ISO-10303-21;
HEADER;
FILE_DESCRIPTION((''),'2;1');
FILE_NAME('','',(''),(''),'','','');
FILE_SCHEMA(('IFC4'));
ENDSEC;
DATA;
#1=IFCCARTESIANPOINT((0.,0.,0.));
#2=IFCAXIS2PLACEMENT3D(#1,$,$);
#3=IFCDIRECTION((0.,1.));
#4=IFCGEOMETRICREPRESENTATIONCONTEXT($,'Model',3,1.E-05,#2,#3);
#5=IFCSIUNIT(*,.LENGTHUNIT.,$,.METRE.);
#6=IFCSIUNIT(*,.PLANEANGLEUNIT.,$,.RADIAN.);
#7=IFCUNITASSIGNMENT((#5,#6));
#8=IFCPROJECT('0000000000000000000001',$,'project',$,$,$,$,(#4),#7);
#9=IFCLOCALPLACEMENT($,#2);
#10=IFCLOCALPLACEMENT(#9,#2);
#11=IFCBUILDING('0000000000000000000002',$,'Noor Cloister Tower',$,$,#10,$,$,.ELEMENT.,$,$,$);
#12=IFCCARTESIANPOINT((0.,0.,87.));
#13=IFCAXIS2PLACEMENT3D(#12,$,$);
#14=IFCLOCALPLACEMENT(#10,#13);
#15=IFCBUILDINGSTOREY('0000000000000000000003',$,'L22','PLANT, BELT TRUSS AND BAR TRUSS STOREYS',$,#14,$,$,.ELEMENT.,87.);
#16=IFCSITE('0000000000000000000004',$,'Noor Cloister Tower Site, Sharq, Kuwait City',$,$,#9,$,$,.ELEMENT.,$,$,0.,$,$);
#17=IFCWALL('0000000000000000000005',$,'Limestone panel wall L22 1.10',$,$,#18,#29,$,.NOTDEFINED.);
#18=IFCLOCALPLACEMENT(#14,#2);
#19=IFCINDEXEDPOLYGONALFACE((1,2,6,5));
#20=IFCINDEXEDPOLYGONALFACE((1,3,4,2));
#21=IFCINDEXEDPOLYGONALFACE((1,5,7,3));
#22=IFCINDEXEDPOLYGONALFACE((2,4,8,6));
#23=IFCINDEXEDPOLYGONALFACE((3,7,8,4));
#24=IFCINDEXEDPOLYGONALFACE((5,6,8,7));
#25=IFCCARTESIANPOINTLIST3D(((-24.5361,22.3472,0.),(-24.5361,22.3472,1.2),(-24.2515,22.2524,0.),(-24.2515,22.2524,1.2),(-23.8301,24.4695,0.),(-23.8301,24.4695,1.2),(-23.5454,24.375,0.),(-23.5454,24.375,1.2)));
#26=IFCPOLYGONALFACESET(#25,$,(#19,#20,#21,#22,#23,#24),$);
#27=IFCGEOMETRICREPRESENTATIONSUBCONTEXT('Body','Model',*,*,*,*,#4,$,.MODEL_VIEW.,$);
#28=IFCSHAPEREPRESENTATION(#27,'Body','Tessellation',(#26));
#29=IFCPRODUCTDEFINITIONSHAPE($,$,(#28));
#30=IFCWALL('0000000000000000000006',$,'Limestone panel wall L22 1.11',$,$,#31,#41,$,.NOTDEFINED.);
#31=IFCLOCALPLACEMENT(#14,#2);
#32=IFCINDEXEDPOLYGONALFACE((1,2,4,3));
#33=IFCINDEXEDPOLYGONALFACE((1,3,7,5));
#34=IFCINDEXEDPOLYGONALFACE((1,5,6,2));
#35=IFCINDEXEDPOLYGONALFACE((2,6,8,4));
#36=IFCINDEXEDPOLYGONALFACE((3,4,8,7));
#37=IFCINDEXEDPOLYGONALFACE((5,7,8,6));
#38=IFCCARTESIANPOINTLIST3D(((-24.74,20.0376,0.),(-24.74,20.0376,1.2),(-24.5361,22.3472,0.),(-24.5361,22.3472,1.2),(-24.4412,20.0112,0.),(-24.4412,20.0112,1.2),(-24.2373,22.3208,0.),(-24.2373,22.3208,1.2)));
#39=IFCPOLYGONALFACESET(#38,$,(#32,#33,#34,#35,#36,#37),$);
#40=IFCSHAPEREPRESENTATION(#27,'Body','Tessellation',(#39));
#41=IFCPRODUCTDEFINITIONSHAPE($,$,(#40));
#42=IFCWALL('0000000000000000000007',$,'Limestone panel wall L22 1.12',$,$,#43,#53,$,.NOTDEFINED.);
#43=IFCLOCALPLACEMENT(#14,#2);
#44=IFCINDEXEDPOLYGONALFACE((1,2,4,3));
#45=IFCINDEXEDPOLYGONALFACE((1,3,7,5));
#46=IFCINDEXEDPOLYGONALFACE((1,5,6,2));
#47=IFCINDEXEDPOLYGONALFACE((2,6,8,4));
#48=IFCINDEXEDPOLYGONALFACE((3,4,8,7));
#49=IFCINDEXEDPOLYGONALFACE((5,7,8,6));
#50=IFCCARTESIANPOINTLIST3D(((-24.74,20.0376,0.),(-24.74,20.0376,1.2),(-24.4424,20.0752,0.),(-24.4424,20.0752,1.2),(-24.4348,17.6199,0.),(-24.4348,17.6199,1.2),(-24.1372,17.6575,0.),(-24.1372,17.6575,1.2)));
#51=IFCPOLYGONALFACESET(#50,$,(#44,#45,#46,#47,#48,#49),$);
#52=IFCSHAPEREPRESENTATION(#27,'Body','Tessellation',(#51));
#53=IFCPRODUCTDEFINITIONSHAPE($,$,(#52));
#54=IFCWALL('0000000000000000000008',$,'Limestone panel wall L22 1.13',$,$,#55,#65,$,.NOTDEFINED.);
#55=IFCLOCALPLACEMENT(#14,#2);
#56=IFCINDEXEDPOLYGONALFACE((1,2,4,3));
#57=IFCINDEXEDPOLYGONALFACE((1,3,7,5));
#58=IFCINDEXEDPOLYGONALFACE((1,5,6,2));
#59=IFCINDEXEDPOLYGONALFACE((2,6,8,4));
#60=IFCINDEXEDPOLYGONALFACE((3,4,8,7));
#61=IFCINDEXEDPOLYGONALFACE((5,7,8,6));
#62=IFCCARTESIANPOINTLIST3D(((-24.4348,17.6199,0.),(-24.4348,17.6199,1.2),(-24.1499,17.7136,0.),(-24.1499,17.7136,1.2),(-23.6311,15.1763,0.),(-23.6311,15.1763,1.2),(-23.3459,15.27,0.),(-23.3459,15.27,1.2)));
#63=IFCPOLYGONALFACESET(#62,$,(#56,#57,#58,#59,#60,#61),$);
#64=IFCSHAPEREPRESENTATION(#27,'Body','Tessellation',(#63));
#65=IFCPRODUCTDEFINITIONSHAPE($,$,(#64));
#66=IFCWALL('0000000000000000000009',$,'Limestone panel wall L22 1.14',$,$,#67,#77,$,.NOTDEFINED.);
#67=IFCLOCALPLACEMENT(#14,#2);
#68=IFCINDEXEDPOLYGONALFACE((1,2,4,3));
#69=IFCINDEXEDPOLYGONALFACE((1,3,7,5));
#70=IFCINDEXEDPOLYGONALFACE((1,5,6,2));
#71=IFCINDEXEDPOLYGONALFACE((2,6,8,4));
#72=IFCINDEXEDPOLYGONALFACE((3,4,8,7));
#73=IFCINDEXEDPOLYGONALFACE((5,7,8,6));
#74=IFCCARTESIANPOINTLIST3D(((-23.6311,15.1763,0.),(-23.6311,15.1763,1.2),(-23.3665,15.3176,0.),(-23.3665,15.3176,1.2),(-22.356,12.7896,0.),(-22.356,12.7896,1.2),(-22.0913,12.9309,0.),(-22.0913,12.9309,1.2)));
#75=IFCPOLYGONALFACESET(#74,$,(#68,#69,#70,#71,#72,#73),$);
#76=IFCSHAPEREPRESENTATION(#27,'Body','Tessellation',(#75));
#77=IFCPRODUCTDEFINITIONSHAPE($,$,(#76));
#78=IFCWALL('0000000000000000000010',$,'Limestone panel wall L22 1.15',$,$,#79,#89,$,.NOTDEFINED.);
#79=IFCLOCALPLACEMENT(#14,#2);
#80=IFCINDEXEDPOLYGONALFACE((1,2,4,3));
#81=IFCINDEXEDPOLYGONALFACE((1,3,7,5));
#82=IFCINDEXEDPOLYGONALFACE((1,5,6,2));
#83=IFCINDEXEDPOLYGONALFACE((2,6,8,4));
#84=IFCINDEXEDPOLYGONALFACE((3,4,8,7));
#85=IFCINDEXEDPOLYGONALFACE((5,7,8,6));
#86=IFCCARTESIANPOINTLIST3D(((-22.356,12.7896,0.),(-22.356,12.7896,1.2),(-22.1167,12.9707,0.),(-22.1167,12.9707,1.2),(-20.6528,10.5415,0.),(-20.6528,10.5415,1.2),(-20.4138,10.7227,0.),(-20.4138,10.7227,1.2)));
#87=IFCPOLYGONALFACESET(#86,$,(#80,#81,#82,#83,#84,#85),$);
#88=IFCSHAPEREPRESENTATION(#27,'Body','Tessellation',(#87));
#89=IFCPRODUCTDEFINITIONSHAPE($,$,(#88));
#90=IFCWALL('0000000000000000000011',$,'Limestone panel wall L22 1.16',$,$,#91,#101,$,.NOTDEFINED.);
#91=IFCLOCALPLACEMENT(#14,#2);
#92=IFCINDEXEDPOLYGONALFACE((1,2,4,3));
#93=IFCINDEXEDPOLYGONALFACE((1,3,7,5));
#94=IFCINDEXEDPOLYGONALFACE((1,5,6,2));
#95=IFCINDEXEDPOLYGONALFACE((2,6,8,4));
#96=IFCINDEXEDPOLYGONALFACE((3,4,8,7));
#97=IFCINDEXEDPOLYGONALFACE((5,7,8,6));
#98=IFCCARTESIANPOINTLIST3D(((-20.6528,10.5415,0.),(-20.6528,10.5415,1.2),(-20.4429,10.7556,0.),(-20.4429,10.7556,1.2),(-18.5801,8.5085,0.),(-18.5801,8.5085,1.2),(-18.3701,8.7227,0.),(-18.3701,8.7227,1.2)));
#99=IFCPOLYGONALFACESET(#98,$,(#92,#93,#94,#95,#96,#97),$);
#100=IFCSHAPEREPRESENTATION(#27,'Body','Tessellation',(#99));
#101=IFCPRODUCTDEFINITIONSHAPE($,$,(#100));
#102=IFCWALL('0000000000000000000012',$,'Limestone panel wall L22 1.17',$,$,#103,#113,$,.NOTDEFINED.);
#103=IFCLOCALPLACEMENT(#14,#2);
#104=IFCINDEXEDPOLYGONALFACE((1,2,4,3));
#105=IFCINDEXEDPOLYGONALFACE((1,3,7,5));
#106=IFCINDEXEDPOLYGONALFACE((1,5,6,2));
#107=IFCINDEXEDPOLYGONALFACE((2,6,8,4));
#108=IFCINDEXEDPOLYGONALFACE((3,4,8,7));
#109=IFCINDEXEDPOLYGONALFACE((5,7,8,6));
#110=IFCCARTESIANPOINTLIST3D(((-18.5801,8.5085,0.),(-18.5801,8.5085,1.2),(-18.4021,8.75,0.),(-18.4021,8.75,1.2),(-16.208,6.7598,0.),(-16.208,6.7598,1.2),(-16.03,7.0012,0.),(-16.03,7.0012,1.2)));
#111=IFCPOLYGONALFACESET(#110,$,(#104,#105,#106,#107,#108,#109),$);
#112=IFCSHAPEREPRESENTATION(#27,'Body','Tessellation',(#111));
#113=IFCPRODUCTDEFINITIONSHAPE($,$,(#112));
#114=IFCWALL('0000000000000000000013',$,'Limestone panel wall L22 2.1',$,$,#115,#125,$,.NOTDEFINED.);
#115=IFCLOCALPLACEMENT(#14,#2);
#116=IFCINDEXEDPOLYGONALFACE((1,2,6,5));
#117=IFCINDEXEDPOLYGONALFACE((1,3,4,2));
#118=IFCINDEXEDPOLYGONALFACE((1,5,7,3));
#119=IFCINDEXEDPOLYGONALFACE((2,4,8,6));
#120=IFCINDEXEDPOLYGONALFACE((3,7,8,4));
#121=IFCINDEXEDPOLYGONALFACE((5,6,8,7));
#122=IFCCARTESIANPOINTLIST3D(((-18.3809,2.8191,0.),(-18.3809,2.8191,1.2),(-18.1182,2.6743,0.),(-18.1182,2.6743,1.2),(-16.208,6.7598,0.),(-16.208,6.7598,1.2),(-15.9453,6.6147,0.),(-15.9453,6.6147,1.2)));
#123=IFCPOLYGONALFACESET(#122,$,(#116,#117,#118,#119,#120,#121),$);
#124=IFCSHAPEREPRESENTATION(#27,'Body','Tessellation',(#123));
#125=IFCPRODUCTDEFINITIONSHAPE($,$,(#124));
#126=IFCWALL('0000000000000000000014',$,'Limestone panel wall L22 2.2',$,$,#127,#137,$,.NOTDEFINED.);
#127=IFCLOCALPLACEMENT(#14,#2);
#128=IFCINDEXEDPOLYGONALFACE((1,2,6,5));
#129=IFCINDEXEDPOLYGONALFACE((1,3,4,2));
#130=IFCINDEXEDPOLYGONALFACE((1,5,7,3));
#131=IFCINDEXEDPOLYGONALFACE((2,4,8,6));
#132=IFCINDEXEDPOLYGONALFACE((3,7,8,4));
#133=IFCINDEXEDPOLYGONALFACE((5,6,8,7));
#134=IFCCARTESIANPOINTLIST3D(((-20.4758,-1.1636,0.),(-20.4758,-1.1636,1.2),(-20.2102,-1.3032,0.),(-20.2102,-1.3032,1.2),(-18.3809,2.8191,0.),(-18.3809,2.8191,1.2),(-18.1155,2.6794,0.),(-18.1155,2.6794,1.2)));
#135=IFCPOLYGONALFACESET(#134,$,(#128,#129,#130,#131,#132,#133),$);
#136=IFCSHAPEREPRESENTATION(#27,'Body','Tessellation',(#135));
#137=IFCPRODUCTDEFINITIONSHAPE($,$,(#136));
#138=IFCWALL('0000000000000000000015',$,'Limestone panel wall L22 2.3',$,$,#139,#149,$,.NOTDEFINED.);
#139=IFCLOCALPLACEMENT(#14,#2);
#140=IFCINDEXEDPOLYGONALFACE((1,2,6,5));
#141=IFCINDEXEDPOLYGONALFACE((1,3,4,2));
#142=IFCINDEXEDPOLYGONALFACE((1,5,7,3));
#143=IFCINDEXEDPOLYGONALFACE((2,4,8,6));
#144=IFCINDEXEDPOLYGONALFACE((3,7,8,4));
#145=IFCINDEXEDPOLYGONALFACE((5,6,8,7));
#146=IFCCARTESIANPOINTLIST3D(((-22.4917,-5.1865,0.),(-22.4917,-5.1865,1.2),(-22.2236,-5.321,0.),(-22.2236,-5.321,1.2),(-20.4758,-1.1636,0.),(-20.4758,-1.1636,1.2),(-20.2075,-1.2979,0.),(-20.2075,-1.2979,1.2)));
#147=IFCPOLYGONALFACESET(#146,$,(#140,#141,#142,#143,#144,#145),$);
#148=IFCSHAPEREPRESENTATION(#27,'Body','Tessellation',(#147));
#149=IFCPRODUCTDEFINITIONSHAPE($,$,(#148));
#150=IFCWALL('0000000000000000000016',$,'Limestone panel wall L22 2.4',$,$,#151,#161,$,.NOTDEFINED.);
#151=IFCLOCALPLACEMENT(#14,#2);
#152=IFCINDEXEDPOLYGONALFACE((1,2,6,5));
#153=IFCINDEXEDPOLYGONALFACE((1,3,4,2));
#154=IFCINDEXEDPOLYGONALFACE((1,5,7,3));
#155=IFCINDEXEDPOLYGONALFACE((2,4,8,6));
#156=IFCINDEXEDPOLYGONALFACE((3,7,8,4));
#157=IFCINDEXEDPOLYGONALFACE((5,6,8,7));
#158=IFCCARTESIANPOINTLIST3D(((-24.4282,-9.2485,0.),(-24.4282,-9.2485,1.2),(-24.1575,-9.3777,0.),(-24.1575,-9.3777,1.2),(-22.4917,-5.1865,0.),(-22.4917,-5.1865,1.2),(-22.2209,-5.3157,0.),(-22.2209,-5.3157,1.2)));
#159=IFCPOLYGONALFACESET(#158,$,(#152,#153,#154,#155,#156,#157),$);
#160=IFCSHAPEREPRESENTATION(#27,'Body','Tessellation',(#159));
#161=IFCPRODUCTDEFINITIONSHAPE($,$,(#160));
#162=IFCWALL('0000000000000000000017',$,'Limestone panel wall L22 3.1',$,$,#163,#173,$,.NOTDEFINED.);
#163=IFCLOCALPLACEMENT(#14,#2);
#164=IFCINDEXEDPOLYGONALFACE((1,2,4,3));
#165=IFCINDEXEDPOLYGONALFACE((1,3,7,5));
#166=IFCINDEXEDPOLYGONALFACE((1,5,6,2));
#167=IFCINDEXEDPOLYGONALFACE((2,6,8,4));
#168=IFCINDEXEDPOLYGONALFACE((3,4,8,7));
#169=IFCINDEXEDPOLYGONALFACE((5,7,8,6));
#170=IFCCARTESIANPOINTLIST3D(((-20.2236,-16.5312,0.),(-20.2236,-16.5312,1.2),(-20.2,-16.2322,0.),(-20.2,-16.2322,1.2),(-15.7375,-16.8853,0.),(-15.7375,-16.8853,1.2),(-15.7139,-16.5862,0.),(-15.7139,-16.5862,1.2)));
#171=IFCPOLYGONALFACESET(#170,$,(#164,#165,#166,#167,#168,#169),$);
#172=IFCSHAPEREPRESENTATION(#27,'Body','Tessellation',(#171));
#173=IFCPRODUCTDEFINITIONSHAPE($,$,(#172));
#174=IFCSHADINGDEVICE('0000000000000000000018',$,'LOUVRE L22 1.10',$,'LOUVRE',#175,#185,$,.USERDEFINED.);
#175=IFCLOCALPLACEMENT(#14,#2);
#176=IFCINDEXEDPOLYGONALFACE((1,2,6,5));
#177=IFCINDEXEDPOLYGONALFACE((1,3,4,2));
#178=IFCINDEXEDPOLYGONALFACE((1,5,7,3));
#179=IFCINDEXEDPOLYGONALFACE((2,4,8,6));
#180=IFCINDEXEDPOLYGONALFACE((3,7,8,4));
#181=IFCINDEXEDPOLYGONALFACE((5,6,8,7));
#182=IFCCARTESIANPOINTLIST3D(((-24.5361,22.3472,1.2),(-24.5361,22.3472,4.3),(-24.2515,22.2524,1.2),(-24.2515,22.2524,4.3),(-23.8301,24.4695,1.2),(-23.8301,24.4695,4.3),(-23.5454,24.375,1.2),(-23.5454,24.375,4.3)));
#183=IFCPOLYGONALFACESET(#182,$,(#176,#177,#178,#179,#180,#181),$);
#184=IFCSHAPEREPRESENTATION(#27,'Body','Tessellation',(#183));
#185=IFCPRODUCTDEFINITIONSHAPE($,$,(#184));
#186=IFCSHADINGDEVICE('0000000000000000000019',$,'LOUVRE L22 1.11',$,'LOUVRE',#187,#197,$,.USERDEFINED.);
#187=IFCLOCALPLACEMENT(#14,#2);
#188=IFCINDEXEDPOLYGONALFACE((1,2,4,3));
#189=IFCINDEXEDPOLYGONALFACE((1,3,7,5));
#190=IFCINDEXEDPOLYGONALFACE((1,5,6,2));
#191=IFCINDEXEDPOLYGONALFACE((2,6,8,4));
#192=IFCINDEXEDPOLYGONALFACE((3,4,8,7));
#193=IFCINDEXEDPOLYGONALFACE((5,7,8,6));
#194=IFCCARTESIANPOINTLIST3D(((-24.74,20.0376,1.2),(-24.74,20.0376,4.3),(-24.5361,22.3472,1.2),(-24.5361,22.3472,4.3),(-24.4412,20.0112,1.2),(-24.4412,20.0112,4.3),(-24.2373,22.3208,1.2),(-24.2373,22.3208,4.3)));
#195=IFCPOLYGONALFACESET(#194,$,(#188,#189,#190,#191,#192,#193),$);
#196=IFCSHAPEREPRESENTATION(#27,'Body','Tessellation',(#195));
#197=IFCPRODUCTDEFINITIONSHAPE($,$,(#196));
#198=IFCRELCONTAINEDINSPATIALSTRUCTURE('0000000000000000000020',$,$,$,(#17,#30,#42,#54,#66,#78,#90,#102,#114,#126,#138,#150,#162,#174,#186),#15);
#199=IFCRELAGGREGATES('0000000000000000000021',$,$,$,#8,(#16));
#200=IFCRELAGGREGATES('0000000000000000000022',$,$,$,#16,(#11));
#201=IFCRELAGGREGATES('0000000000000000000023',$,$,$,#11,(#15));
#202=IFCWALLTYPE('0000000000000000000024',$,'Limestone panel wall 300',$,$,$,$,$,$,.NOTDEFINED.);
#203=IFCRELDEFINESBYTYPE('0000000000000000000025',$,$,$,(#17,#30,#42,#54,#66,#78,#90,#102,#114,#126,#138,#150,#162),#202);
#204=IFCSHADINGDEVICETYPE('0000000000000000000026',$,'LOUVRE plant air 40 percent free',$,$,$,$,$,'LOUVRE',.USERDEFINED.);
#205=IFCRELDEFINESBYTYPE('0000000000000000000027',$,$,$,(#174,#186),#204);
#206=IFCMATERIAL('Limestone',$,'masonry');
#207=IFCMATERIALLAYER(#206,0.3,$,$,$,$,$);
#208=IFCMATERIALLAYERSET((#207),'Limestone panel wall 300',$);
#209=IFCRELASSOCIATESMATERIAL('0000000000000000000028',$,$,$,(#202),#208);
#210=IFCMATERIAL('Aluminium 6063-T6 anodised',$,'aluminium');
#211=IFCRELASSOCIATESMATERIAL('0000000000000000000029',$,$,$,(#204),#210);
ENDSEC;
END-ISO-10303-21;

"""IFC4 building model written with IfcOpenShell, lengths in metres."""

from ifc_helpers import new_model, si_unit, direction, frame, origin, place, context, subcontext, project, spatial, polyline, outline, extrude, material, layer, layer_set, type_object, element, save


model = new_model("IFC4")

# Units and contexts
model_context = context("Model", 3, precision=1e-05, world=origin(), true_north=direction((0.0, 1.0)))
body_context = subcontext(model_context, "Body", "Model", "MODEL_VIEW")
ifc_project = project(units=[si_unit("LENGTHUNIT", "METRE"), si_unit("PLANEANGLEUNIT", "RADIAN")], contexts=[model_context])

# Site, building, storey
site_placement = place(None, origin())
site = spatial("IfcSite", under=ifc_project, at=site_placement, Name="Noor Cloister Tower Site, Sharq, Kuwait City", CompositionType="ELEMENT", RefElevation=0.0)
building_placement = place(site_placement, origin())
building = spatial("IfcBuilding", under=site, at=building_placement, Name="Noor Cloister Tower", CompositionType="ELEMENT")
storey_placement = place(building_placement, frame((0.0, 0.0, 87.0)))
storey = spatial("IfcBuildingStorey", under=building, at=storey_placement, Name="L22", Description="PLANT, BELT TRUSS AND BAR TRUSS STOREYS", CompositionType="ELEMENT", Elevation=87.0)

# Walls
ifc_material_1 = material(Name="Limestone", Category="masonry")
ifc_layer = layer(ifc_material_1, 0.3)
ifc_layer_set = layer_set([ifc_layer], Name="Limestone panel wall 300")
wall_type = type_object("IfcWallType", Name="Limestone panel wall 300", PredefinedType="NOTDEFINED", material=ifc_layer_set)
wall_1_placement = place(storey_placement, origin())
element("IfcWall", 1, at=wall_1_placement, inside=storey, type_object=wall_type, Name="Limestone panel wall L22 1.10", PredefinedType="NOTDEFINED", context=body_context, shape_type="SweptSolid", body=[
    extrude(outline(polyline([(-23.8301, 24.4695), (-24.5361, 22.3472), (-24.2515, 22.2524), (-23.5454, 24.375), (-23.8301, 24.4695)])), origin(), (0.0, 0.0, 1.0), 1.2),
])
wall_2_placement = place(storey_placement, origin())
element("IfcWall", 2, at=wall_2_placement, inside=storey, type_object=wall_type, Name="Limestone panel wall L22 1.11", PredefinedType="NOTDEFINED", context=body_context, shape_type="SweptSolid", body=[
    extrude(outline(polyline([(-24.5361, 22.3472), (-24.74, 20.0376), (-24.4412, 20.0112), (-24.2373, 22.3208), (-24.5361, 22.3472)])), origin(), (0.0, 0.0, 1.0), 1.2),
])
wall_3_placement = place(storey_placement, origin())
element("IfcWall", 3, at=wall_3_placement, inside=storey, type_object=wall_type, Name="Limestone panel wall L22 1.12", PredefinedType="NOTDEFINED", context=body_context, shape_type="SweptSolid", body=[
    extrude(outline(polyline([(-24.74, 20.0376), (-24.4348, 17.6199), (-24.1372, 17.6575), (-24.4424, 20.0752), (-24.74, 20.0376)])), origin(), (0.0, 0.0, 1.0), 1.2),
])
wall_4_placement = place(storey_placement, origin())
element("IfcWall", 4, at=wall_4_placement, inside=storey, type_object=wall_type, Name="Limestone panel wall L22 1.13", PredefinedType="NOTDEFINED", context=body_context, shape_type="SweptSolid", body=[
    extrude(outline(polyline([(-24.4348, 17.6199), (-23.6311, 15.1763), (-23.3459, 15.27), (-24.1499, 17.7136), (-24.4348, 17.6199)])), origin(), (0.0, 0.0, 1.0), 1.2),
])
wall_5_placement = place(storey_placement, origin())
element("IfcWall", 5, at=wall_5_placement, inside=storey, type_object=wall_type, Name="Limestone panel wall L22 1.14", PredefinedType="NOTDEFINED", context=body_context, shape_type="SweptSolid", body=[
    extrude(outline(polyline([(-23.6311, 15.1763), (-22.356, 12.7896), (-22.0913, 12.9309), (-23.3665, 15.3176), (-23.6311, 15.1763)])), origin(), (0.0, 0.0, 1.0), 1.2),
])
wall_6_placement = place(storey_placement, origin())
element("IfcWall", 6, at=wall_6_placement, inside=storey, type_object=wall_type, Name="Limestone panel wall L22 1.15", PredefinedType="NOTDEFINED", context=body_context, shape_type="SweptSolid", body=[
    extrude(outline(polyline([(-22.356, 12.7896), (-20.6528, 10.5415), (-20.4138, 10.7227), (-22.1167, 12.9707), (-22.356, 12.7896)])), origin(), (0.0, 0.0, 1.0), 1.2),
])
wall_7_placement = place(storey_placement, origin())
element("IfcWall", 7, at=wall_7_placement, inside=storey, type_object=wall_type, Name="Limestone panel wall L22 1.16", PredefinedType="NOTDEFINED", context=body_context, shape_type="SweptSolid", body=[
    extrude(outline(polyline([(-20.6528, 10.5415), (-18.5801, 8.5085), (-18.3701, 8.7227), (-20.4429, 10.7556), (-20.6528, 10.5415)])), origin(), (0.0, 0.0, 1.0), 1.2),
])
wall_8_placement = place(storey_placement, origin())
element("IfcWall", 8, at=wall_8_placement, inside=storey, type_object=wall_type, Name="Limestone panel wall L22 1.17", PredefinedType="NOTDEFINED", context=body_context, shape_type="SweptSolid", body=[
    extrude(outline(polyline([(-18.5801, 8.5085), (-16.208, 6.7598), (-16.03, 7.0012), (-18.4021, 8.75), (-18.5801, 8.5085)])), origin(), (0.0, 0.0, 1.0), 1.2),
])
wall_9_placement = place(storey_placement, origin())
element("IfcWall", 9, at=wall_9_placement, inside=storey, type_object=wall_type, Name="Limestone panel wall L22 2.1", PredefinedType="NOTDEFINED", context=body_context, shape_type="SweptSolid", body=[
    extrude(outline(polyline([(-16.208, 6.7598), (-18.3809, 2.8191), (-18.1182, 2.6743), (-15.9453, 6.6147), (-16.208, 6.7598)])), origin(), (0.0, 0.0, 1.0), 1.2),
])
wall_10_placement = place(storey_placement, origin())
element("IfcWall", 10, at=wall_10_placement, inside=storey, type_object=wall_type, Name="Limestone panel wall L22 2.2", PredefinedType="NOTDEFINED", context=body_context, shape_type="SweptSolid", body=[
    extrude(outline(polyline([(-18.3809, 2.8191), (-20.4758, -1.1636), (-20.2102, -1.3032), (-18.1155, 2.6794), (-18.3809, 2.8191)])), origin(), (0.0, 0.0, 1.0), 1.2),
])
wall_11_placement = place(storey_placement, origin())
element("IfcWall", 11, at=wall_11_placement, inside=storey, type_object=wall_type, Name="Limestone panel wall L22 2.3", PredefinedType="NOTDEFINED", context=body_context, shape_type="SweptSolid", body=[
    extrude(outline(polyline([(-20.4758, -1.1636), (-22.4917, -5.1865), (-22.2236, -5.321), (-20.2075, -1.2979), (-20.4758, -1.1636)])), origin(), (0.0, 0.0, 1.0), 1.2),
])
wall_12_placement = place(storey_placement, origin())
element("IfcWall", 12, at=wall_12_placement, inside=storey, type_object=wall_type, Name="Limestone panel wall L22 2.4", PredefinedType="NOTDEFINED", context=body_context, shape_type="SweptSolid", body=[
    extrude(outline(polyline([(-22.4917, -5.1865), (-24.4282, -9.2485), (-24.1575, -9.3777), (-22.2209, -5.3157), (-22.4917, -5.1865)])), origin(), (0.0, 0.0, 1.0), 1.2),
])
wall_13_placement = place(storey_placement, origin())
element("IfcWall", 13, at=wall_13_placement, inside=storey, type_object=wall_type, Name="Limestone panel wall L22 3.1", PredefinedType="NOTDEFINED", context=body_context, shape_type="SweptSolid", body=[
    extrude(outline(polyline([(-20.2236, -16.5312), (-15.7375, -16.8853), (-15.7139, -16.5862), (-20.2, -16.2322), (-20.2236, -16.5312)])), origin(), (0.0, 0.0, 1.0), 1.2),
])

# Shading devices
ifc_material_2 = material(Name="Aluminium 6063-T6 anodised", Category="aluminium")
shading_device_type = type_object("IfcShadingDeviceType", Name="LOUVRE plant air 40 percent free", ElementType="LOUVRE", PredefinedType="USERDEFINED", material=ifc_material_2)
shading_device_1_placement = place(storey_placement, frame((0.0, 0.0, 1.2)))
element("IfcShadingDevice", 14, at=shading_device_1_placement, inside=storey, type_object=shading_device_type, Name="LOUVRE L22 1.10", ObjectType="LOUVRE", PredefinedType="USERDEFINED", context=body_context, shape_type="SweptSolid", body=[
    extrude(outline(polyline([(-23.8301, 24.4695), (-24.5361, 22.3472), (-24.2515, 22.2524), (-23.5454, 24.375), (-23.8301, 24.4695)])), origin(), (0.0, 0.0, 1.0), 3.1001),
])
shading_device_2_placement = place(storey_placement, frame((0.0, 0.0, 1.2)))
element("IfcShadingDevice", 15, at=shading_device_2_placement, inside=storey, type_object=shading_device_type, Name="LOUVRE L22 1.11", ObjectType="LOUVRE", PredefinedType="USERDEFINED", context=body_context, shape_type="SweptSolid", body=[
    extrude(outline(polyline([(-24.5361, 22.3472), (-24.74, 20.0376), (-24.4412, 20.0112), (-24.2373, 22.3208), (-24.5361, 22.3472)])), origin(), (0.0, 0.0, 1.0), 3.1001),
])

save(model, "model.ifc")
